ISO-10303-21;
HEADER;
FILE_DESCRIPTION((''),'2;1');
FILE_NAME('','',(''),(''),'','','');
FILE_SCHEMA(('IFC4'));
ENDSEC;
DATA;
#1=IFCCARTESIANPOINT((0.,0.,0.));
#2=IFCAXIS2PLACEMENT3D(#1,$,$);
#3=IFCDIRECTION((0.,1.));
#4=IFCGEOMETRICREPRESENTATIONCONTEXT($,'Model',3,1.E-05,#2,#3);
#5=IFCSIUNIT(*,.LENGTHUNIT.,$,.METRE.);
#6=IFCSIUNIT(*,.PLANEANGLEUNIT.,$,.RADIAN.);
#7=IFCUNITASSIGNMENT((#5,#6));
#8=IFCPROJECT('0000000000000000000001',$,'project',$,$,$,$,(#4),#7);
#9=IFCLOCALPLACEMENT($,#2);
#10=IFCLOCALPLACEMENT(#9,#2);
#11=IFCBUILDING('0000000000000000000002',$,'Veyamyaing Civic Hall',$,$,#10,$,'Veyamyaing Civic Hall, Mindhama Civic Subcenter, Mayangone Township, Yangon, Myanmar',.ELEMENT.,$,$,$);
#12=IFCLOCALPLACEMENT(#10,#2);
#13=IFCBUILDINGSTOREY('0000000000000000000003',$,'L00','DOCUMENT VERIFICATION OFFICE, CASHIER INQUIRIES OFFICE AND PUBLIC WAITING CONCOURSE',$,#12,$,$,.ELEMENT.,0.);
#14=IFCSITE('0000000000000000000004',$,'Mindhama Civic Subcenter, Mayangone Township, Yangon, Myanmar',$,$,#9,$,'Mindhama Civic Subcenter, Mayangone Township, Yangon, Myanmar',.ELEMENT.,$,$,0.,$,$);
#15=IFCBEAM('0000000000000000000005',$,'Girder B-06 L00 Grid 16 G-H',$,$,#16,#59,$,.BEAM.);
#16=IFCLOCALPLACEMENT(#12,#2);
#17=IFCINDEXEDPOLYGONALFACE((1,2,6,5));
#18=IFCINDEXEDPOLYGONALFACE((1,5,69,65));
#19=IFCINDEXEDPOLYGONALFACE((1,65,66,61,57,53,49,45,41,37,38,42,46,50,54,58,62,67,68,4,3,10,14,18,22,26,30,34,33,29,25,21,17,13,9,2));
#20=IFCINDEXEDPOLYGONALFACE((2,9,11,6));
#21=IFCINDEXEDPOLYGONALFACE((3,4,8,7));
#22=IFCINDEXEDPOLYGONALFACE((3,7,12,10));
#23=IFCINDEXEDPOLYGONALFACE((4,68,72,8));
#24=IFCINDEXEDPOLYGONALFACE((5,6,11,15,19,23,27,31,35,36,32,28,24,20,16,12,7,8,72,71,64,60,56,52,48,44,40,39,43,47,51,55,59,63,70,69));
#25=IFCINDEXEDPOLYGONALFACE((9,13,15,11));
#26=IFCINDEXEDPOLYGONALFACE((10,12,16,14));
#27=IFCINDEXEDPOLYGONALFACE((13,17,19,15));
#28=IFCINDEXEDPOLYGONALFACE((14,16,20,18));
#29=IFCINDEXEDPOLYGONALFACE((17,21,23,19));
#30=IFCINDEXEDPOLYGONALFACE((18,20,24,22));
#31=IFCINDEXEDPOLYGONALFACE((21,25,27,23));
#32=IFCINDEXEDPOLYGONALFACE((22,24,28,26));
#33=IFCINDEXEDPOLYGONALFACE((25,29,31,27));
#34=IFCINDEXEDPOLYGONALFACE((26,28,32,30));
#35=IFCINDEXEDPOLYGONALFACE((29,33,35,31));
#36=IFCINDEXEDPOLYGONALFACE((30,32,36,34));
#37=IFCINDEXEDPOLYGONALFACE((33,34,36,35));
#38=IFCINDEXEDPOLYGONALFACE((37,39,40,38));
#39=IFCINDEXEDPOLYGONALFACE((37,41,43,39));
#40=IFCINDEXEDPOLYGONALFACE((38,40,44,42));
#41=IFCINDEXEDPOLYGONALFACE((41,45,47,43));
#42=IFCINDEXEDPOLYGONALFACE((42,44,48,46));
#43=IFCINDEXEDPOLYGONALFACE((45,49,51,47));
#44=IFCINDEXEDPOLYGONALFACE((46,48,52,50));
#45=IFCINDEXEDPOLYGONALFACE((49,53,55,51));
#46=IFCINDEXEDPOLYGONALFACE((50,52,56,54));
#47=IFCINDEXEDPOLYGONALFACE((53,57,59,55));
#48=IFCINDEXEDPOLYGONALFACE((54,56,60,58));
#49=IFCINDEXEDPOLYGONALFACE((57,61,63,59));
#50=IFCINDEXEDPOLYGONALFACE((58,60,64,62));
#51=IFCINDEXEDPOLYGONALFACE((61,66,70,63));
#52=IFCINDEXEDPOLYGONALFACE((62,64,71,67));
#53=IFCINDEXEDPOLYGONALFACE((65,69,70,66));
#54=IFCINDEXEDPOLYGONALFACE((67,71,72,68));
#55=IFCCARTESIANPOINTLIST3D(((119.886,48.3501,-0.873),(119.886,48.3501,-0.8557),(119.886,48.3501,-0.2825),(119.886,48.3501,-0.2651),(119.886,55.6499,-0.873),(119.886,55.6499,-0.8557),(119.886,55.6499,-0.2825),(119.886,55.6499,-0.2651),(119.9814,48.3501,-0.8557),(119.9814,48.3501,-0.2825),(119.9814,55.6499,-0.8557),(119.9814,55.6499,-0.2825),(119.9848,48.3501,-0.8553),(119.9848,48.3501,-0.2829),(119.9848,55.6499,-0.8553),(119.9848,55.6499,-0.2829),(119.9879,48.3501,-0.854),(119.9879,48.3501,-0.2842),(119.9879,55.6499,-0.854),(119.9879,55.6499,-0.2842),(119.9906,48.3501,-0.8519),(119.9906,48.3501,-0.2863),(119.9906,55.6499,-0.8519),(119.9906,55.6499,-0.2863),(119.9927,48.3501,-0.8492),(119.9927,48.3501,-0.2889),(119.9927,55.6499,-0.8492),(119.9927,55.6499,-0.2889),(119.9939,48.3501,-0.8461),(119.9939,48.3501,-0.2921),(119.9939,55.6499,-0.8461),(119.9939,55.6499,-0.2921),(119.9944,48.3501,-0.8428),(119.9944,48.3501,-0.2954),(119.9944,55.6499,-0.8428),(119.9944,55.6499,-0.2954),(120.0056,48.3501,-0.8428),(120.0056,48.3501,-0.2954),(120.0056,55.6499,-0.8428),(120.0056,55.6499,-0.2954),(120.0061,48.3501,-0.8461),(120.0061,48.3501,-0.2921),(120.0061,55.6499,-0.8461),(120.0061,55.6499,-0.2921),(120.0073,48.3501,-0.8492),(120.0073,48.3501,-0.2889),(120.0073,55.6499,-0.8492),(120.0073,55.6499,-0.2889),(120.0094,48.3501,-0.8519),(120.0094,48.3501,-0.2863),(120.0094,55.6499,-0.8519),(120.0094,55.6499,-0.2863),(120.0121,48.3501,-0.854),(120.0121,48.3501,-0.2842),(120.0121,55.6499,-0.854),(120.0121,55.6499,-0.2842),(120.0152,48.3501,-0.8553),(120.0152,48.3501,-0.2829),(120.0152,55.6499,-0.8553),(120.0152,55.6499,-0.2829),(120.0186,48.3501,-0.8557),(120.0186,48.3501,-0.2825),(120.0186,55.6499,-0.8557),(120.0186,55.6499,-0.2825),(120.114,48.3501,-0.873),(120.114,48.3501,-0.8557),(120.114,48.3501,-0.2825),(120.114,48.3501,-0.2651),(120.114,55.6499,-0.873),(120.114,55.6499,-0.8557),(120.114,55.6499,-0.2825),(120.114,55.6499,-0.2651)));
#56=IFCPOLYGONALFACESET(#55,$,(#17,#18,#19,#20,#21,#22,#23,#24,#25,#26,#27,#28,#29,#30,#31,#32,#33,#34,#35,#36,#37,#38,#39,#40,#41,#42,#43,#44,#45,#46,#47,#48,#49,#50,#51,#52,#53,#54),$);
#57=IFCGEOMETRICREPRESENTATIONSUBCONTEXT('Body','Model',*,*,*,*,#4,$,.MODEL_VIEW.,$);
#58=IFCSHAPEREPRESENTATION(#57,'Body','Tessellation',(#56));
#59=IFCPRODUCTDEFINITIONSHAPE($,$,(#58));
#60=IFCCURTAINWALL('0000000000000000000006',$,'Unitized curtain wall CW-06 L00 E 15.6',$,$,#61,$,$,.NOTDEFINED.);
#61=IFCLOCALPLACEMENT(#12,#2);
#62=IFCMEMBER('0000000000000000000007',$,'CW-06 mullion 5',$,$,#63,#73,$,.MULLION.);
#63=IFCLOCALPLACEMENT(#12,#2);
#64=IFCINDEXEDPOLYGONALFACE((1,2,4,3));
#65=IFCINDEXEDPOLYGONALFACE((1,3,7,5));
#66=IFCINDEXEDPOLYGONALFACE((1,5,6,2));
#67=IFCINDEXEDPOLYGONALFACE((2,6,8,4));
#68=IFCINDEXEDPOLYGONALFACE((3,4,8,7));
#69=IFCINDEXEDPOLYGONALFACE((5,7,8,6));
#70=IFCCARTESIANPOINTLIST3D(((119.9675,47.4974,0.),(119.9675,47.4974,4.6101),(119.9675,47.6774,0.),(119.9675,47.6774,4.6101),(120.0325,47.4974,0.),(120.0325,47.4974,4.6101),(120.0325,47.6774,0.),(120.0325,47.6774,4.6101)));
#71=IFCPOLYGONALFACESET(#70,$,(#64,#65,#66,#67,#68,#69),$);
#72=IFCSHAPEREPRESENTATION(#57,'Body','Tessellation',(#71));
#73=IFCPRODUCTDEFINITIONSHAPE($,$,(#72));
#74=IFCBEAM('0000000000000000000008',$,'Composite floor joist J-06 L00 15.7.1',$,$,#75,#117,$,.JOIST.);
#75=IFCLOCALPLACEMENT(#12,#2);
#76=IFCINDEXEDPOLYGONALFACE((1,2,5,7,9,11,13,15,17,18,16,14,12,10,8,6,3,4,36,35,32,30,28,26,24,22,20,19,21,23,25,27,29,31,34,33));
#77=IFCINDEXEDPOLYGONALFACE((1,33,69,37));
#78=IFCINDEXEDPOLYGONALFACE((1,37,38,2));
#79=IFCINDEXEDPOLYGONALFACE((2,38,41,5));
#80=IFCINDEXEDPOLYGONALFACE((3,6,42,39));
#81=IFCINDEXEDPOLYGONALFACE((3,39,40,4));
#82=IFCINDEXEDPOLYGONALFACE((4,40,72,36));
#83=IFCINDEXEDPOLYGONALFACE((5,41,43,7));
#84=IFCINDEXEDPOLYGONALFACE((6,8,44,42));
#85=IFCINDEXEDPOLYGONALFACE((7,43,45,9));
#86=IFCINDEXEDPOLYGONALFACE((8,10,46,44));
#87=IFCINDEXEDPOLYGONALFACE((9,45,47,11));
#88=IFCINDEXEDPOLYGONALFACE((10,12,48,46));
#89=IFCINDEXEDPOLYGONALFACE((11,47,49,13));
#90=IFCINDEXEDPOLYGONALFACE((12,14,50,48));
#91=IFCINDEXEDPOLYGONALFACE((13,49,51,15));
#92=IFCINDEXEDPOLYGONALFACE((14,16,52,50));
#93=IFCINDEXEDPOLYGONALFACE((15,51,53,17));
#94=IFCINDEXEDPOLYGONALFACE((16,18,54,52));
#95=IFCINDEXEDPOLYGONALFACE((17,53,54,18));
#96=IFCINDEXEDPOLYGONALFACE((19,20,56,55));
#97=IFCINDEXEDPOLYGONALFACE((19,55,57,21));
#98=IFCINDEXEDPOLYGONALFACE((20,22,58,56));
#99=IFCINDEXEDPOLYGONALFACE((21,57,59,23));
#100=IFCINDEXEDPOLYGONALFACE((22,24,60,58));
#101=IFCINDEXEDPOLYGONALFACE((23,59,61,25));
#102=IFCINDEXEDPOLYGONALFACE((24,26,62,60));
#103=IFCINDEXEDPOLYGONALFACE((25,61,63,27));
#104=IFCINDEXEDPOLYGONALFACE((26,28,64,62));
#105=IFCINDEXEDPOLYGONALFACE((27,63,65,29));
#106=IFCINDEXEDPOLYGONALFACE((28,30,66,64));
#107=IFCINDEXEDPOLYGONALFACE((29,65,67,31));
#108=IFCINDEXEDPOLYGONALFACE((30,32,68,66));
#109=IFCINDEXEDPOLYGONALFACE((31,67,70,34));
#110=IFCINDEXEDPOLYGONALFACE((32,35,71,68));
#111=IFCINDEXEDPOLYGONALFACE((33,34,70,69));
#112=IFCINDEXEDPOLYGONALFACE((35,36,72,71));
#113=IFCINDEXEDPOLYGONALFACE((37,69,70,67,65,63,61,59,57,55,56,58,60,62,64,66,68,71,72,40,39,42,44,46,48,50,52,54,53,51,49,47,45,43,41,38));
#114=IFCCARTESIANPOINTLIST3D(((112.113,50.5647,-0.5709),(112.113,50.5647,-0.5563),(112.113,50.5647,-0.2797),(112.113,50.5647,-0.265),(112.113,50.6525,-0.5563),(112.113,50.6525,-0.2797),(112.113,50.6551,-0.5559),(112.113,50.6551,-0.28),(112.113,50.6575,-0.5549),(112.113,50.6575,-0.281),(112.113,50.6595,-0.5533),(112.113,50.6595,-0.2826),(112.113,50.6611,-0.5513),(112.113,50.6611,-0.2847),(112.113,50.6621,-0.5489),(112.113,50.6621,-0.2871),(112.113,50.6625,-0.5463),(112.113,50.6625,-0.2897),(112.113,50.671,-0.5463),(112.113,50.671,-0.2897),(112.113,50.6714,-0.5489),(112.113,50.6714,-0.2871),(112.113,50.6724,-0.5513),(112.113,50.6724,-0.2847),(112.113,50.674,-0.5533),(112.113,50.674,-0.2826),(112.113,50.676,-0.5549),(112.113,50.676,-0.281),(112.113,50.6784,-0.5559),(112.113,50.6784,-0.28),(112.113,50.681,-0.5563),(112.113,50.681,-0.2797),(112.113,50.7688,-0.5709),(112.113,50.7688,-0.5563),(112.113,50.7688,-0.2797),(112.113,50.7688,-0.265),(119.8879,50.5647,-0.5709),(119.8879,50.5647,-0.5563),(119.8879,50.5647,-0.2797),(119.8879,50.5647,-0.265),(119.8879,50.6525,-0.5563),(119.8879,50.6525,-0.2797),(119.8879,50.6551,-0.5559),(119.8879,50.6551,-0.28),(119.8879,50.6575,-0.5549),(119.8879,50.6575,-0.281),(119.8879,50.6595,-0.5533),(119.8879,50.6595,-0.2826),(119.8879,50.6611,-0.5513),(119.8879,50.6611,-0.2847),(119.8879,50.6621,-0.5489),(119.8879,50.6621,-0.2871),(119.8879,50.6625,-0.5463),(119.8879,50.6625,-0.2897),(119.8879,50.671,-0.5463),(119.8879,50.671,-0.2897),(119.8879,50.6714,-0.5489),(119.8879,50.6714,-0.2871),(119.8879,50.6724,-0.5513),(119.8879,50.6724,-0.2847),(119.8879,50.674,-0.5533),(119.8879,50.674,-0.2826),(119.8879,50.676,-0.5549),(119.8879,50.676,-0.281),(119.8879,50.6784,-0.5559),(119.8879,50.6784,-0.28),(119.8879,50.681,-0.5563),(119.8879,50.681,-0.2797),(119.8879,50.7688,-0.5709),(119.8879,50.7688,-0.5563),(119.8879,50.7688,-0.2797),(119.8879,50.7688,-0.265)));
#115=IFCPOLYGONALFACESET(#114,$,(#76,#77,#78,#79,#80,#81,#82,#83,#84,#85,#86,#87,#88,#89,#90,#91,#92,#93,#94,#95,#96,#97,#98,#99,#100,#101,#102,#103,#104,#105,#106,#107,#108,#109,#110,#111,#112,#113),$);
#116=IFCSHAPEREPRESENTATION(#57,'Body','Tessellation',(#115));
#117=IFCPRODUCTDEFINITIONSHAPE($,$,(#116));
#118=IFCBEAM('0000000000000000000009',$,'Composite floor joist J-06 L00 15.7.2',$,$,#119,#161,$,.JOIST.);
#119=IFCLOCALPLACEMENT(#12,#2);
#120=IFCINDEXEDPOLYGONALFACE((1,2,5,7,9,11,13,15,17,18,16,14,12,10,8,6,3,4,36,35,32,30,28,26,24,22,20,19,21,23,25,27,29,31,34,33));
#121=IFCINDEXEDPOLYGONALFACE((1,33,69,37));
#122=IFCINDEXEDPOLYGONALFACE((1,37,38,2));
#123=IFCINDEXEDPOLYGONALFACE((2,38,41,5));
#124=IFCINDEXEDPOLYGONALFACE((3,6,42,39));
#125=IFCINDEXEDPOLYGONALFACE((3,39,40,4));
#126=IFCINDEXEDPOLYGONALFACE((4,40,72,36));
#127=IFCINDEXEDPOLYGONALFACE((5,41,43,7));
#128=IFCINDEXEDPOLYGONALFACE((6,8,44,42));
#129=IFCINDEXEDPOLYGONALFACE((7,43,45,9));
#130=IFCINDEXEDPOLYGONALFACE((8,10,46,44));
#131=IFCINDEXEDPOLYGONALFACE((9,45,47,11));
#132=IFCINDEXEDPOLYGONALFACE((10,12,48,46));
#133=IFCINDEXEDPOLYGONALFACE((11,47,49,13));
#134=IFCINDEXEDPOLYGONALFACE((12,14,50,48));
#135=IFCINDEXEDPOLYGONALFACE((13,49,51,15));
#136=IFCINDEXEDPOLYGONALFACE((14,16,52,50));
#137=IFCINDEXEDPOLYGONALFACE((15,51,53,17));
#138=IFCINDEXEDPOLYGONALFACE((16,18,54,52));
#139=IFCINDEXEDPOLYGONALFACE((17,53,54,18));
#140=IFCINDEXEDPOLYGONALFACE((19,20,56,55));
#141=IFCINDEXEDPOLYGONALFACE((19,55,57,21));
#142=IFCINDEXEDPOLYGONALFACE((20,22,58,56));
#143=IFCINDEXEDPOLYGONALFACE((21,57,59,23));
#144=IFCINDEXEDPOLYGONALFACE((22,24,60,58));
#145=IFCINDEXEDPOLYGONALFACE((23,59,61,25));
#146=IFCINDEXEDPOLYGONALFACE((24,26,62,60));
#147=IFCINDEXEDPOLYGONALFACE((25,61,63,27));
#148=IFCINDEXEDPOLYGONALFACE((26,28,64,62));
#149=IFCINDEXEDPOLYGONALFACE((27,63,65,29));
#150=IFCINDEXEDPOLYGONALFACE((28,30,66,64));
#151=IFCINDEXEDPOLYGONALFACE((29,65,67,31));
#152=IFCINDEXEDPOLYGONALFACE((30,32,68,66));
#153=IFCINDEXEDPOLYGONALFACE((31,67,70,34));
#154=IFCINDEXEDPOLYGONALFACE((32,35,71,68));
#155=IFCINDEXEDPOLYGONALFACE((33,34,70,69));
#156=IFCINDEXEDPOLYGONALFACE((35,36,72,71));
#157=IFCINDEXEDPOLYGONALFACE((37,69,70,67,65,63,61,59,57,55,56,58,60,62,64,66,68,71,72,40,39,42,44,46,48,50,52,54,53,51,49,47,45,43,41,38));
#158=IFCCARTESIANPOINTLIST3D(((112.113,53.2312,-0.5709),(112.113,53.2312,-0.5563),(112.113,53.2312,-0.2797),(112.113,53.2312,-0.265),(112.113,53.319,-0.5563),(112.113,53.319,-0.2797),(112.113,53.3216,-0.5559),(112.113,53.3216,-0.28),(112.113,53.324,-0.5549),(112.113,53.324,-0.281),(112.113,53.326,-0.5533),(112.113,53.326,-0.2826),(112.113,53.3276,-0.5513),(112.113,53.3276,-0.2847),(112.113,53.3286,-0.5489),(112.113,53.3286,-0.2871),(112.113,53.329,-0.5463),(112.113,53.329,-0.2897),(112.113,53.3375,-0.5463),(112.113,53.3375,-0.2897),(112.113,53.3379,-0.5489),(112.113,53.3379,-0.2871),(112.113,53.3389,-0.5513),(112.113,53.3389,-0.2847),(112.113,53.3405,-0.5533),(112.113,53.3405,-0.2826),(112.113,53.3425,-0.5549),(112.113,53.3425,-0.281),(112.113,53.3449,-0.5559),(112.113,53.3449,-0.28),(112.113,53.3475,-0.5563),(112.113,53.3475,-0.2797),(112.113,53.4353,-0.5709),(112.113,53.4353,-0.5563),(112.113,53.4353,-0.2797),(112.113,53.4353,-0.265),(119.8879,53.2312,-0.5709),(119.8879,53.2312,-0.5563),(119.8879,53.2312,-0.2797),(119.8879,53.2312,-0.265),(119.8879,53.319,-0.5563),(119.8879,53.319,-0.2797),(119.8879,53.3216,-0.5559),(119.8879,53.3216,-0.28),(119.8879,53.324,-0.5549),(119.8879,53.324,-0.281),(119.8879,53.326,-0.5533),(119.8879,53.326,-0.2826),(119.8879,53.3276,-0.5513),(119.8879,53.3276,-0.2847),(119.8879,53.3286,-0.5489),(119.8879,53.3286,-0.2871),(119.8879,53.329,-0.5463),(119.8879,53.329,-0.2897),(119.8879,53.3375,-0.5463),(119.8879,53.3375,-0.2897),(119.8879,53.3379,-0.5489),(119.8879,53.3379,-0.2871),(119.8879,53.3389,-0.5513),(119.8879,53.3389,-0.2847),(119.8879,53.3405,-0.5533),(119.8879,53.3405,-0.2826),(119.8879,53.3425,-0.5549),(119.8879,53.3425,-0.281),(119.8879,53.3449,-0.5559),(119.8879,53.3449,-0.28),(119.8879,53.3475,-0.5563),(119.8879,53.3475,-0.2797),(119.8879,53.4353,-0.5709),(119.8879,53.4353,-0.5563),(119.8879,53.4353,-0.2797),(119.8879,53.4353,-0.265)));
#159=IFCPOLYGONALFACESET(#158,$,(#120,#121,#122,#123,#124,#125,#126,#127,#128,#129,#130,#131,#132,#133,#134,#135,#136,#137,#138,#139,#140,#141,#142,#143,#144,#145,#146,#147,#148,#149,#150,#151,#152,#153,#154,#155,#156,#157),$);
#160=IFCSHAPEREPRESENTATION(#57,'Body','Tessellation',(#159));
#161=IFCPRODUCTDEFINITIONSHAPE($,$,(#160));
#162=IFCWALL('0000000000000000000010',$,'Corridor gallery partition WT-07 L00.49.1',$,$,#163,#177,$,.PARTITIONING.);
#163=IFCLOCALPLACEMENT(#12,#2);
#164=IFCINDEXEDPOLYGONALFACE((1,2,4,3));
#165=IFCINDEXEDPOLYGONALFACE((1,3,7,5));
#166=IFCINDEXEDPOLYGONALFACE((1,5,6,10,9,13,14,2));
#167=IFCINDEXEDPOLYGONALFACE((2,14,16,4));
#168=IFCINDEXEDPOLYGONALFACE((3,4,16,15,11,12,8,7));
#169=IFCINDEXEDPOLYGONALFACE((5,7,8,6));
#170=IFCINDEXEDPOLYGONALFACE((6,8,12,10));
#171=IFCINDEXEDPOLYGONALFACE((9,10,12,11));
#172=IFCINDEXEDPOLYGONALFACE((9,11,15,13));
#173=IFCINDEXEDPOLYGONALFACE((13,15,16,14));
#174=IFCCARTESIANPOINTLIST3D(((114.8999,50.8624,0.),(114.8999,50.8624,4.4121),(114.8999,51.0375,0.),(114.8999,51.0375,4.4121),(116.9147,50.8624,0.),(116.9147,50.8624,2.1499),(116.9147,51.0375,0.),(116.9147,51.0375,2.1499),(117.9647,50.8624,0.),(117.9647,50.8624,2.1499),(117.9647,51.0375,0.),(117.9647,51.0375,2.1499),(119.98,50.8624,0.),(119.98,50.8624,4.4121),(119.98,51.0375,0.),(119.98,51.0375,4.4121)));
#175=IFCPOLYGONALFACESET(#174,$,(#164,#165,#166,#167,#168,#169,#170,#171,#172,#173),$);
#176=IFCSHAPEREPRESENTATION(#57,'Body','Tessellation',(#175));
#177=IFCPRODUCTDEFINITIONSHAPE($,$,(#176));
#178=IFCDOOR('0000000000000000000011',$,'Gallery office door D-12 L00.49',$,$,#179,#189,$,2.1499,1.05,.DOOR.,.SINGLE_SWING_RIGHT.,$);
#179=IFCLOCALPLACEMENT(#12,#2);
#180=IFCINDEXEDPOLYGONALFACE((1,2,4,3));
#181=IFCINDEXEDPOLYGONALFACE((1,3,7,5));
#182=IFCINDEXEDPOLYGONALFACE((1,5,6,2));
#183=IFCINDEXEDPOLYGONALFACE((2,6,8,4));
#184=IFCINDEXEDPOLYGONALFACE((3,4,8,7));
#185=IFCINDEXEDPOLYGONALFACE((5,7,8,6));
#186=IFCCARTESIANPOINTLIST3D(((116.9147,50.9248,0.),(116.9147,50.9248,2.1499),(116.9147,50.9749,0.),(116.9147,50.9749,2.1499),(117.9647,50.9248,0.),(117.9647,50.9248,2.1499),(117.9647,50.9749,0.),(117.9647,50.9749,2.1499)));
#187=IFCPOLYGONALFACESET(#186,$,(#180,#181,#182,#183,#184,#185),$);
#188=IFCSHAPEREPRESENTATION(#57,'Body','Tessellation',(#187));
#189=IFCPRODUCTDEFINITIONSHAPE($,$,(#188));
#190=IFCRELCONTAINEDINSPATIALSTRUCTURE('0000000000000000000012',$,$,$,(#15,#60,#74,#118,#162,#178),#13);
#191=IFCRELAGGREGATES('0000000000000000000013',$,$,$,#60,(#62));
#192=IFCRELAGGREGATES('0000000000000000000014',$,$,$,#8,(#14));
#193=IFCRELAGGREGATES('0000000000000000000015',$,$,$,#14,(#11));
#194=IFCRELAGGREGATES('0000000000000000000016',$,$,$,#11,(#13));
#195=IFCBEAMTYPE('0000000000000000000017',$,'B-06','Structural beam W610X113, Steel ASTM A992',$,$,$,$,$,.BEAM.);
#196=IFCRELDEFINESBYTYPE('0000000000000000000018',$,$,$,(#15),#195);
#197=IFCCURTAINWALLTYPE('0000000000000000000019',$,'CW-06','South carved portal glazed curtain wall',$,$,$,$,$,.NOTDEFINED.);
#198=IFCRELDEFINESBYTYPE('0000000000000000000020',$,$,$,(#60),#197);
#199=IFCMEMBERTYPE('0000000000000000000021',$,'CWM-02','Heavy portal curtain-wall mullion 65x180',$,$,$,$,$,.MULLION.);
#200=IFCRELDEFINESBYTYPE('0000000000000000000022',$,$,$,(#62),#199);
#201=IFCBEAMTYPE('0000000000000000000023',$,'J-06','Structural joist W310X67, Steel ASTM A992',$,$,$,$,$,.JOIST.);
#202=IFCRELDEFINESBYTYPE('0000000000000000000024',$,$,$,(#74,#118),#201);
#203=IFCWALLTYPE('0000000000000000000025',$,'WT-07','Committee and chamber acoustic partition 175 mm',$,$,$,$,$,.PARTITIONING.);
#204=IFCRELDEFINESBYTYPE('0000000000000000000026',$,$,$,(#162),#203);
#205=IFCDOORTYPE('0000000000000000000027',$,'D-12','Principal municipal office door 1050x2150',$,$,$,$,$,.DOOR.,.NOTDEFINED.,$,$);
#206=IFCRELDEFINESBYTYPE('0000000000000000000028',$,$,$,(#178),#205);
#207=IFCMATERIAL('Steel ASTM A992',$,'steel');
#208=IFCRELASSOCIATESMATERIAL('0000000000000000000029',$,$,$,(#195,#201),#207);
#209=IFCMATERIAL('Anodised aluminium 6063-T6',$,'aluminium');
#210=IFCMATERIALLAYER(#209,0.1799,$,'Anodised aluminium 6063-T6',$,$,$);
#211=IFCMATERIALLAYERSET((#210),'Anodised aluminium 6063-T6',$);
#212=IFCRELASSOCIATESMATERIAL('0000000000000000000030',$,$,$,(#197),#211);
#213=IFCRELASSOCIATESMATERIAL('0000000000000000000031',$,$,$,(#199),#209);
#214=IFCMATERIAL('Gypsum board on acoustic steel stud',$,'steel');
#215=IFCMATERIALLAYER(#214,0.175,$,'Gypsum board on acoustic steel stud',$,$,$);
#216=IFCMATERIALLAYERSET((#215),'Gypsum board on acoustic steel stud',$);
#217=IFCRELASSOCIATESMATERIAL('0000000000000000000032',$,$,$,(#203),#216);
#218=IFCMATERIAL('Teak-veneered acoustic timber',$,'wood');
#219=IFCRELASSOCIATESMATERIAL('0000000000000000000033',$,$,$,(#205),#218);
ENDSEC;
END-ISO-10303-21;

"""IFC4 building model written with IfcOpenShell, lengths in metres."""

from ifc_helpers import new_model, si_unit, direction, frame, frame_2d, origin, origin_2d, place, context, subcontext, project, spatial, rectangle, i_section, extrude, material, layer, layer_set, material_profile, profile_set, type_object, element, fill, aggregate, save


model = new_model("IFC4")

# Units and contexts
model_context = context("Model", 3, precision=1e-05, world=origin(), true_north=direction((0.0, 1.0)))
body_context = subcontext(model_context, "Body", "Model", "MODEL_VIEW")
ifc_project = project(units=[si_unit("LENGTHUNIT", "METRE"), si_unit("PLANEANGLEUNIT", "RADIAN")], contexts=[model_context])

# Site, building, storey
site_placement = place(None, origin())
site = spatial("IfcSite", under=ifc_project, at=site_placement, Name="Mindhama Civic Subcenter, Mayangone Township, Yangon, Myanmar", LongName="Mindhama Civic Subcenter, Mayangone Township, Yangon, Myanmar", CompositionType="ELEMENT", RefElevation=0.0)
building_placement = place(site_placement, origin())
building = spatial("IfcBuilding", under=site, at=building_placement, Name="Veyamyaing Civic Hall", LongName="Veyamyaing Civic Hall, Mindhama Civic Subcenter, Mayangone Township, Yangon, Myanmar", CompositionType="ELEMENT")
storey_placement = place(building_placement, origin())
storey = spatial("IfcBuildingStorey", under=building, at=storey_placement, Name="L00", Description="DOCUMENT VERIFICATION OFFICE, CASHIER INQUIRIES OFFICE AND PUBLIC WAITING CONCOURSE", CompositionType="ELEMENT", Elevation=0.0)

# Beam
ifc_material_1 = material(Name="Steel ASTM A992", Category="steel")
ifc_material_profile_1 = material_profile(ifc_material_1, i_section(OverallWidth=0.228, OverallDepth=0.6079, WebThickness=0.0112, FlangeThickness=0.0173, FilletRadius=0.0129, at=origin_2d()), Name="W610X113")
ifc_profile_set_1 = profile_set([ifc_material_profile_1], Name="Steel ASTM A992")
beam_type_1 = type_object("IfcBeamType", Name="B-06", Description="Structural beam W610X113, Steel ASTM A992", PredefinedType="BEAM", material=ifc_profile_set_1)
beam_1_placement = place(storey_placement, frame((120.0, 48.3501, -0.5691), z_axis=(0.0, 1.0, 0.0), x_axis=(-1.0, 0.0, 0.0)))
element("IfcBeam", 1, at=beam_1_placement, inside=storey, type_object=beam_type_1, Name="Girder B-06 L00 Grid 16 G-H", PredefinedType="BEAM", context=body_context, shape_type="SweptSolid", body=[
    extrude(i_section(OverallWidth=0.228, OverallDepth=0.6079, WebThickness=0.0112, FlangeThickness=0.0173, FilletRadius=0.0129, at=origin_2d()), origin(), (0.0, 0.0, 1.0), 7.2998),
])

# Curtain wall, member
ifc_material_2 = material(Name="Anodised aluminium 6063-T6", Category="aluminium")
ifc_layer_1 = layer(ifc_material_2, 0.1799, Name="Anodised aluminium 6063-T6")
ifc_layer_set_1 = layer_set([ifc_layer_1], Name="Anodised aluminium 6063-T6")
curtain_wall_type = type_object("IfcCurtainWallType", Name="CW-06", Description="South carved portal glazed curtain wall", PredefinedType="NOTDEFINED", material=ifc_layer_set_1)
curtain_wall_placement = place(storey_placement, origin())
curtain_wall = element("IfcCurtainWall", 2, at=curtain_wall_placement, inside=storey, type_object=curtain_wall_type, Name="Unitized curtain wall CW-06 L00 E 15.6", PredefinedType="NOTDEFINED")
ifc_material_profile_2 = material_profile(ifc_material_2, rectangle(XDim=0.0649, YDim=0.1799, at=origin_2d()), Name="ALU-MUL-65X180")
ifc_profile_set_2 = profile_set([ifc_material_profile_2], Name="Anodised aluminium 6063-T6")
member_type = type_object("IfcMemberType", Name="CWM-02", Description="Heavy portal curtain-wall mullion 65x180", PredefinedType="MULLION", material=ifc_profile_set_2)
member_placement = place(storey_placement, frame((120.0, 47.5874, 0.0), z_axis=(0.0, 0.0, 1.0), x_axis=(-1.0, 0.0, 0.0)))
member = element("IfcMember", 3, at=member_placement, type_object=member_type, Name="CW-06 mullion 5", PredefinedType="MULLION", context=body_context, shape_type="SweptSolid", body=[
    extrude(rectangle(XDim=0.0649, YDim=0.1799, at=origin_2d()), origin(), (0.0, 0.0, 1.0), 4.6101),
])
aggregate(curtain_wall, [member])

# Beams
ifc_material_profile_3 = material_profile(ifc_material_1, i_section(OverallWidth=0.2041, OverallDepth=0.3059, WebThickness=0.0085, FlangeThickness=0.0146, FilletRadius=0.01, at=origin_2d()), Name="W310X67")
ifc_profile_set_3 = profile_set([ifc_material_profile_3], Name="Steel ASTM A992")
beam_type_2 = type_object("IfcBeamType", Name="J-06", Description="Structural joist W310X67, Steel ASTM A992", PredefinedType="JOIST", material=ifc_profile_set_3)
for number, where, z_axis, x_axis, name in (
    (4, (112.113, 50.6667, -0.418), (1.0, 0.0, 0.0), (0.0, 1.0, 0.0), "Composite floor joist J-06 L00 15.7.1"),
    (5, (112.113, 53.3333, -0.418), (1.0, 0.0, 0.0), (0.0, 1.0, 0.0), "Composite floor joist J-06 L00 15.7.2"),
):
    element("IfcBeam", number, at=place(storey_placement, frame(where, z_axis=z_axis, x_axis=x_axis)), inside=storey, type_object=beam_type_2, Name=name, PredefinedType="JOIST", context=body_context, shape_type="SweptSolid", body=[
        extrude(i_section(OverallWidth=0.2041, OverallDepth=0.3059, WebThickness=0.0085, FlangeThickness=0.0146, FilletRadius=0.01, at=origin_2d()), origin(), (0.0, 0.0, 1.0), 7.7749),
    ])

# Wall, opening, door
ifc_material_3 = material(Name="Gypsum board on acoustic steel stud", Category="steel")
ifc_layer_2 = layer(ifc_material_3, 0.175, Name="Gypsum board on acoustic steel stud")
ifc_layer_set_2 = layer_set([ifc_layer_2], Name="Gypsum board on acoustic steel stud")
wall_type_1 = type_object("IfcWallType", Name="WT-07", Description="Committee and chamber acoustic partition 175 mm", PredefinedType="PARTITIONING", material=ifc_layer_set_2)
wall_1_placement = place(storey_placement, frame((114.8999, 50.95, 0.0), z_axis=(0.0, 0.0, 1.0), x_axis=(1.0, 0.0, 0.0)))
wall_1 = element("IfcWall", 6, at=wall_1_placement, inside=storey, type_object=wall_type_1, Name="Corridor gallery partition WT-07 L00.49.1", PredefinedType="PARTITIONING", context=body_context, shape_type="SweptSolid", body=[
    extrude(rectangle(XDim=5.0801, YDim=0.175, at=frame_2d((2.54, 0.0))), origin(), (0.0, 0.0, 1.0), 4.4121),
])
opening_1_placement = place(wall_1_placement, frame((2.0149, 0.0, 0.0)))
opening_1 = element("IfcOpeningElement", 7, at=opening_1_placement, cuts=wall_1, PredefinedType="OPENING", context=body_context, shape_type="SweptSolid", body=[
    extrude(rectangle(XDim=1.05, YDim=2.1499, at=frame_2d((0.5249, 1.075))), frame((0.0, 0.0974, 0.0), z_axis=(0.0, -1.0, 0.0), x_axis=(1.0, 0.0, 0.0)), (0.0, 0.0, 1.0), 0.1951),
])
ifc_material_4 = material(Name="Teak-veneered acoustic timber", Category="wood")
door_type_1 = type_object("IfcDoorType", Name="D-12", Description="Principal municipal office door 1050x2150", OperationType="NOTDEFINED", PredefinedType="DOOR", material=ifc_material_4)
door_1_placement = place(opening_1_placement, origin())
door_1 = element("IfcDoor", 8, at=door_1_placement, inside=storey, type_object=door_type_1, Name="Gallery office door D-12 L00.49", OperationType="SINGLE_SWING_RIGHT", OverallHeight=2.1499, OverallWidth=1.05, PredefinedType="DOOR", context=body_context, shape_type="SweptSolid", body=[
    extrude(rectangle(XDim=1.05, YDim=2.1499, at=frame_2d((0.5249, 1.075))), frame((0.0, 0.0249, 0.0), z_axis=(0.0, -1.0, 0.0), x_axis=(1.0, 0.0, 0.0)), (0.0, 0.0, 1.0), 0.05),
])
fill(opening_1, door_1)

save(model, "model.ifc")
